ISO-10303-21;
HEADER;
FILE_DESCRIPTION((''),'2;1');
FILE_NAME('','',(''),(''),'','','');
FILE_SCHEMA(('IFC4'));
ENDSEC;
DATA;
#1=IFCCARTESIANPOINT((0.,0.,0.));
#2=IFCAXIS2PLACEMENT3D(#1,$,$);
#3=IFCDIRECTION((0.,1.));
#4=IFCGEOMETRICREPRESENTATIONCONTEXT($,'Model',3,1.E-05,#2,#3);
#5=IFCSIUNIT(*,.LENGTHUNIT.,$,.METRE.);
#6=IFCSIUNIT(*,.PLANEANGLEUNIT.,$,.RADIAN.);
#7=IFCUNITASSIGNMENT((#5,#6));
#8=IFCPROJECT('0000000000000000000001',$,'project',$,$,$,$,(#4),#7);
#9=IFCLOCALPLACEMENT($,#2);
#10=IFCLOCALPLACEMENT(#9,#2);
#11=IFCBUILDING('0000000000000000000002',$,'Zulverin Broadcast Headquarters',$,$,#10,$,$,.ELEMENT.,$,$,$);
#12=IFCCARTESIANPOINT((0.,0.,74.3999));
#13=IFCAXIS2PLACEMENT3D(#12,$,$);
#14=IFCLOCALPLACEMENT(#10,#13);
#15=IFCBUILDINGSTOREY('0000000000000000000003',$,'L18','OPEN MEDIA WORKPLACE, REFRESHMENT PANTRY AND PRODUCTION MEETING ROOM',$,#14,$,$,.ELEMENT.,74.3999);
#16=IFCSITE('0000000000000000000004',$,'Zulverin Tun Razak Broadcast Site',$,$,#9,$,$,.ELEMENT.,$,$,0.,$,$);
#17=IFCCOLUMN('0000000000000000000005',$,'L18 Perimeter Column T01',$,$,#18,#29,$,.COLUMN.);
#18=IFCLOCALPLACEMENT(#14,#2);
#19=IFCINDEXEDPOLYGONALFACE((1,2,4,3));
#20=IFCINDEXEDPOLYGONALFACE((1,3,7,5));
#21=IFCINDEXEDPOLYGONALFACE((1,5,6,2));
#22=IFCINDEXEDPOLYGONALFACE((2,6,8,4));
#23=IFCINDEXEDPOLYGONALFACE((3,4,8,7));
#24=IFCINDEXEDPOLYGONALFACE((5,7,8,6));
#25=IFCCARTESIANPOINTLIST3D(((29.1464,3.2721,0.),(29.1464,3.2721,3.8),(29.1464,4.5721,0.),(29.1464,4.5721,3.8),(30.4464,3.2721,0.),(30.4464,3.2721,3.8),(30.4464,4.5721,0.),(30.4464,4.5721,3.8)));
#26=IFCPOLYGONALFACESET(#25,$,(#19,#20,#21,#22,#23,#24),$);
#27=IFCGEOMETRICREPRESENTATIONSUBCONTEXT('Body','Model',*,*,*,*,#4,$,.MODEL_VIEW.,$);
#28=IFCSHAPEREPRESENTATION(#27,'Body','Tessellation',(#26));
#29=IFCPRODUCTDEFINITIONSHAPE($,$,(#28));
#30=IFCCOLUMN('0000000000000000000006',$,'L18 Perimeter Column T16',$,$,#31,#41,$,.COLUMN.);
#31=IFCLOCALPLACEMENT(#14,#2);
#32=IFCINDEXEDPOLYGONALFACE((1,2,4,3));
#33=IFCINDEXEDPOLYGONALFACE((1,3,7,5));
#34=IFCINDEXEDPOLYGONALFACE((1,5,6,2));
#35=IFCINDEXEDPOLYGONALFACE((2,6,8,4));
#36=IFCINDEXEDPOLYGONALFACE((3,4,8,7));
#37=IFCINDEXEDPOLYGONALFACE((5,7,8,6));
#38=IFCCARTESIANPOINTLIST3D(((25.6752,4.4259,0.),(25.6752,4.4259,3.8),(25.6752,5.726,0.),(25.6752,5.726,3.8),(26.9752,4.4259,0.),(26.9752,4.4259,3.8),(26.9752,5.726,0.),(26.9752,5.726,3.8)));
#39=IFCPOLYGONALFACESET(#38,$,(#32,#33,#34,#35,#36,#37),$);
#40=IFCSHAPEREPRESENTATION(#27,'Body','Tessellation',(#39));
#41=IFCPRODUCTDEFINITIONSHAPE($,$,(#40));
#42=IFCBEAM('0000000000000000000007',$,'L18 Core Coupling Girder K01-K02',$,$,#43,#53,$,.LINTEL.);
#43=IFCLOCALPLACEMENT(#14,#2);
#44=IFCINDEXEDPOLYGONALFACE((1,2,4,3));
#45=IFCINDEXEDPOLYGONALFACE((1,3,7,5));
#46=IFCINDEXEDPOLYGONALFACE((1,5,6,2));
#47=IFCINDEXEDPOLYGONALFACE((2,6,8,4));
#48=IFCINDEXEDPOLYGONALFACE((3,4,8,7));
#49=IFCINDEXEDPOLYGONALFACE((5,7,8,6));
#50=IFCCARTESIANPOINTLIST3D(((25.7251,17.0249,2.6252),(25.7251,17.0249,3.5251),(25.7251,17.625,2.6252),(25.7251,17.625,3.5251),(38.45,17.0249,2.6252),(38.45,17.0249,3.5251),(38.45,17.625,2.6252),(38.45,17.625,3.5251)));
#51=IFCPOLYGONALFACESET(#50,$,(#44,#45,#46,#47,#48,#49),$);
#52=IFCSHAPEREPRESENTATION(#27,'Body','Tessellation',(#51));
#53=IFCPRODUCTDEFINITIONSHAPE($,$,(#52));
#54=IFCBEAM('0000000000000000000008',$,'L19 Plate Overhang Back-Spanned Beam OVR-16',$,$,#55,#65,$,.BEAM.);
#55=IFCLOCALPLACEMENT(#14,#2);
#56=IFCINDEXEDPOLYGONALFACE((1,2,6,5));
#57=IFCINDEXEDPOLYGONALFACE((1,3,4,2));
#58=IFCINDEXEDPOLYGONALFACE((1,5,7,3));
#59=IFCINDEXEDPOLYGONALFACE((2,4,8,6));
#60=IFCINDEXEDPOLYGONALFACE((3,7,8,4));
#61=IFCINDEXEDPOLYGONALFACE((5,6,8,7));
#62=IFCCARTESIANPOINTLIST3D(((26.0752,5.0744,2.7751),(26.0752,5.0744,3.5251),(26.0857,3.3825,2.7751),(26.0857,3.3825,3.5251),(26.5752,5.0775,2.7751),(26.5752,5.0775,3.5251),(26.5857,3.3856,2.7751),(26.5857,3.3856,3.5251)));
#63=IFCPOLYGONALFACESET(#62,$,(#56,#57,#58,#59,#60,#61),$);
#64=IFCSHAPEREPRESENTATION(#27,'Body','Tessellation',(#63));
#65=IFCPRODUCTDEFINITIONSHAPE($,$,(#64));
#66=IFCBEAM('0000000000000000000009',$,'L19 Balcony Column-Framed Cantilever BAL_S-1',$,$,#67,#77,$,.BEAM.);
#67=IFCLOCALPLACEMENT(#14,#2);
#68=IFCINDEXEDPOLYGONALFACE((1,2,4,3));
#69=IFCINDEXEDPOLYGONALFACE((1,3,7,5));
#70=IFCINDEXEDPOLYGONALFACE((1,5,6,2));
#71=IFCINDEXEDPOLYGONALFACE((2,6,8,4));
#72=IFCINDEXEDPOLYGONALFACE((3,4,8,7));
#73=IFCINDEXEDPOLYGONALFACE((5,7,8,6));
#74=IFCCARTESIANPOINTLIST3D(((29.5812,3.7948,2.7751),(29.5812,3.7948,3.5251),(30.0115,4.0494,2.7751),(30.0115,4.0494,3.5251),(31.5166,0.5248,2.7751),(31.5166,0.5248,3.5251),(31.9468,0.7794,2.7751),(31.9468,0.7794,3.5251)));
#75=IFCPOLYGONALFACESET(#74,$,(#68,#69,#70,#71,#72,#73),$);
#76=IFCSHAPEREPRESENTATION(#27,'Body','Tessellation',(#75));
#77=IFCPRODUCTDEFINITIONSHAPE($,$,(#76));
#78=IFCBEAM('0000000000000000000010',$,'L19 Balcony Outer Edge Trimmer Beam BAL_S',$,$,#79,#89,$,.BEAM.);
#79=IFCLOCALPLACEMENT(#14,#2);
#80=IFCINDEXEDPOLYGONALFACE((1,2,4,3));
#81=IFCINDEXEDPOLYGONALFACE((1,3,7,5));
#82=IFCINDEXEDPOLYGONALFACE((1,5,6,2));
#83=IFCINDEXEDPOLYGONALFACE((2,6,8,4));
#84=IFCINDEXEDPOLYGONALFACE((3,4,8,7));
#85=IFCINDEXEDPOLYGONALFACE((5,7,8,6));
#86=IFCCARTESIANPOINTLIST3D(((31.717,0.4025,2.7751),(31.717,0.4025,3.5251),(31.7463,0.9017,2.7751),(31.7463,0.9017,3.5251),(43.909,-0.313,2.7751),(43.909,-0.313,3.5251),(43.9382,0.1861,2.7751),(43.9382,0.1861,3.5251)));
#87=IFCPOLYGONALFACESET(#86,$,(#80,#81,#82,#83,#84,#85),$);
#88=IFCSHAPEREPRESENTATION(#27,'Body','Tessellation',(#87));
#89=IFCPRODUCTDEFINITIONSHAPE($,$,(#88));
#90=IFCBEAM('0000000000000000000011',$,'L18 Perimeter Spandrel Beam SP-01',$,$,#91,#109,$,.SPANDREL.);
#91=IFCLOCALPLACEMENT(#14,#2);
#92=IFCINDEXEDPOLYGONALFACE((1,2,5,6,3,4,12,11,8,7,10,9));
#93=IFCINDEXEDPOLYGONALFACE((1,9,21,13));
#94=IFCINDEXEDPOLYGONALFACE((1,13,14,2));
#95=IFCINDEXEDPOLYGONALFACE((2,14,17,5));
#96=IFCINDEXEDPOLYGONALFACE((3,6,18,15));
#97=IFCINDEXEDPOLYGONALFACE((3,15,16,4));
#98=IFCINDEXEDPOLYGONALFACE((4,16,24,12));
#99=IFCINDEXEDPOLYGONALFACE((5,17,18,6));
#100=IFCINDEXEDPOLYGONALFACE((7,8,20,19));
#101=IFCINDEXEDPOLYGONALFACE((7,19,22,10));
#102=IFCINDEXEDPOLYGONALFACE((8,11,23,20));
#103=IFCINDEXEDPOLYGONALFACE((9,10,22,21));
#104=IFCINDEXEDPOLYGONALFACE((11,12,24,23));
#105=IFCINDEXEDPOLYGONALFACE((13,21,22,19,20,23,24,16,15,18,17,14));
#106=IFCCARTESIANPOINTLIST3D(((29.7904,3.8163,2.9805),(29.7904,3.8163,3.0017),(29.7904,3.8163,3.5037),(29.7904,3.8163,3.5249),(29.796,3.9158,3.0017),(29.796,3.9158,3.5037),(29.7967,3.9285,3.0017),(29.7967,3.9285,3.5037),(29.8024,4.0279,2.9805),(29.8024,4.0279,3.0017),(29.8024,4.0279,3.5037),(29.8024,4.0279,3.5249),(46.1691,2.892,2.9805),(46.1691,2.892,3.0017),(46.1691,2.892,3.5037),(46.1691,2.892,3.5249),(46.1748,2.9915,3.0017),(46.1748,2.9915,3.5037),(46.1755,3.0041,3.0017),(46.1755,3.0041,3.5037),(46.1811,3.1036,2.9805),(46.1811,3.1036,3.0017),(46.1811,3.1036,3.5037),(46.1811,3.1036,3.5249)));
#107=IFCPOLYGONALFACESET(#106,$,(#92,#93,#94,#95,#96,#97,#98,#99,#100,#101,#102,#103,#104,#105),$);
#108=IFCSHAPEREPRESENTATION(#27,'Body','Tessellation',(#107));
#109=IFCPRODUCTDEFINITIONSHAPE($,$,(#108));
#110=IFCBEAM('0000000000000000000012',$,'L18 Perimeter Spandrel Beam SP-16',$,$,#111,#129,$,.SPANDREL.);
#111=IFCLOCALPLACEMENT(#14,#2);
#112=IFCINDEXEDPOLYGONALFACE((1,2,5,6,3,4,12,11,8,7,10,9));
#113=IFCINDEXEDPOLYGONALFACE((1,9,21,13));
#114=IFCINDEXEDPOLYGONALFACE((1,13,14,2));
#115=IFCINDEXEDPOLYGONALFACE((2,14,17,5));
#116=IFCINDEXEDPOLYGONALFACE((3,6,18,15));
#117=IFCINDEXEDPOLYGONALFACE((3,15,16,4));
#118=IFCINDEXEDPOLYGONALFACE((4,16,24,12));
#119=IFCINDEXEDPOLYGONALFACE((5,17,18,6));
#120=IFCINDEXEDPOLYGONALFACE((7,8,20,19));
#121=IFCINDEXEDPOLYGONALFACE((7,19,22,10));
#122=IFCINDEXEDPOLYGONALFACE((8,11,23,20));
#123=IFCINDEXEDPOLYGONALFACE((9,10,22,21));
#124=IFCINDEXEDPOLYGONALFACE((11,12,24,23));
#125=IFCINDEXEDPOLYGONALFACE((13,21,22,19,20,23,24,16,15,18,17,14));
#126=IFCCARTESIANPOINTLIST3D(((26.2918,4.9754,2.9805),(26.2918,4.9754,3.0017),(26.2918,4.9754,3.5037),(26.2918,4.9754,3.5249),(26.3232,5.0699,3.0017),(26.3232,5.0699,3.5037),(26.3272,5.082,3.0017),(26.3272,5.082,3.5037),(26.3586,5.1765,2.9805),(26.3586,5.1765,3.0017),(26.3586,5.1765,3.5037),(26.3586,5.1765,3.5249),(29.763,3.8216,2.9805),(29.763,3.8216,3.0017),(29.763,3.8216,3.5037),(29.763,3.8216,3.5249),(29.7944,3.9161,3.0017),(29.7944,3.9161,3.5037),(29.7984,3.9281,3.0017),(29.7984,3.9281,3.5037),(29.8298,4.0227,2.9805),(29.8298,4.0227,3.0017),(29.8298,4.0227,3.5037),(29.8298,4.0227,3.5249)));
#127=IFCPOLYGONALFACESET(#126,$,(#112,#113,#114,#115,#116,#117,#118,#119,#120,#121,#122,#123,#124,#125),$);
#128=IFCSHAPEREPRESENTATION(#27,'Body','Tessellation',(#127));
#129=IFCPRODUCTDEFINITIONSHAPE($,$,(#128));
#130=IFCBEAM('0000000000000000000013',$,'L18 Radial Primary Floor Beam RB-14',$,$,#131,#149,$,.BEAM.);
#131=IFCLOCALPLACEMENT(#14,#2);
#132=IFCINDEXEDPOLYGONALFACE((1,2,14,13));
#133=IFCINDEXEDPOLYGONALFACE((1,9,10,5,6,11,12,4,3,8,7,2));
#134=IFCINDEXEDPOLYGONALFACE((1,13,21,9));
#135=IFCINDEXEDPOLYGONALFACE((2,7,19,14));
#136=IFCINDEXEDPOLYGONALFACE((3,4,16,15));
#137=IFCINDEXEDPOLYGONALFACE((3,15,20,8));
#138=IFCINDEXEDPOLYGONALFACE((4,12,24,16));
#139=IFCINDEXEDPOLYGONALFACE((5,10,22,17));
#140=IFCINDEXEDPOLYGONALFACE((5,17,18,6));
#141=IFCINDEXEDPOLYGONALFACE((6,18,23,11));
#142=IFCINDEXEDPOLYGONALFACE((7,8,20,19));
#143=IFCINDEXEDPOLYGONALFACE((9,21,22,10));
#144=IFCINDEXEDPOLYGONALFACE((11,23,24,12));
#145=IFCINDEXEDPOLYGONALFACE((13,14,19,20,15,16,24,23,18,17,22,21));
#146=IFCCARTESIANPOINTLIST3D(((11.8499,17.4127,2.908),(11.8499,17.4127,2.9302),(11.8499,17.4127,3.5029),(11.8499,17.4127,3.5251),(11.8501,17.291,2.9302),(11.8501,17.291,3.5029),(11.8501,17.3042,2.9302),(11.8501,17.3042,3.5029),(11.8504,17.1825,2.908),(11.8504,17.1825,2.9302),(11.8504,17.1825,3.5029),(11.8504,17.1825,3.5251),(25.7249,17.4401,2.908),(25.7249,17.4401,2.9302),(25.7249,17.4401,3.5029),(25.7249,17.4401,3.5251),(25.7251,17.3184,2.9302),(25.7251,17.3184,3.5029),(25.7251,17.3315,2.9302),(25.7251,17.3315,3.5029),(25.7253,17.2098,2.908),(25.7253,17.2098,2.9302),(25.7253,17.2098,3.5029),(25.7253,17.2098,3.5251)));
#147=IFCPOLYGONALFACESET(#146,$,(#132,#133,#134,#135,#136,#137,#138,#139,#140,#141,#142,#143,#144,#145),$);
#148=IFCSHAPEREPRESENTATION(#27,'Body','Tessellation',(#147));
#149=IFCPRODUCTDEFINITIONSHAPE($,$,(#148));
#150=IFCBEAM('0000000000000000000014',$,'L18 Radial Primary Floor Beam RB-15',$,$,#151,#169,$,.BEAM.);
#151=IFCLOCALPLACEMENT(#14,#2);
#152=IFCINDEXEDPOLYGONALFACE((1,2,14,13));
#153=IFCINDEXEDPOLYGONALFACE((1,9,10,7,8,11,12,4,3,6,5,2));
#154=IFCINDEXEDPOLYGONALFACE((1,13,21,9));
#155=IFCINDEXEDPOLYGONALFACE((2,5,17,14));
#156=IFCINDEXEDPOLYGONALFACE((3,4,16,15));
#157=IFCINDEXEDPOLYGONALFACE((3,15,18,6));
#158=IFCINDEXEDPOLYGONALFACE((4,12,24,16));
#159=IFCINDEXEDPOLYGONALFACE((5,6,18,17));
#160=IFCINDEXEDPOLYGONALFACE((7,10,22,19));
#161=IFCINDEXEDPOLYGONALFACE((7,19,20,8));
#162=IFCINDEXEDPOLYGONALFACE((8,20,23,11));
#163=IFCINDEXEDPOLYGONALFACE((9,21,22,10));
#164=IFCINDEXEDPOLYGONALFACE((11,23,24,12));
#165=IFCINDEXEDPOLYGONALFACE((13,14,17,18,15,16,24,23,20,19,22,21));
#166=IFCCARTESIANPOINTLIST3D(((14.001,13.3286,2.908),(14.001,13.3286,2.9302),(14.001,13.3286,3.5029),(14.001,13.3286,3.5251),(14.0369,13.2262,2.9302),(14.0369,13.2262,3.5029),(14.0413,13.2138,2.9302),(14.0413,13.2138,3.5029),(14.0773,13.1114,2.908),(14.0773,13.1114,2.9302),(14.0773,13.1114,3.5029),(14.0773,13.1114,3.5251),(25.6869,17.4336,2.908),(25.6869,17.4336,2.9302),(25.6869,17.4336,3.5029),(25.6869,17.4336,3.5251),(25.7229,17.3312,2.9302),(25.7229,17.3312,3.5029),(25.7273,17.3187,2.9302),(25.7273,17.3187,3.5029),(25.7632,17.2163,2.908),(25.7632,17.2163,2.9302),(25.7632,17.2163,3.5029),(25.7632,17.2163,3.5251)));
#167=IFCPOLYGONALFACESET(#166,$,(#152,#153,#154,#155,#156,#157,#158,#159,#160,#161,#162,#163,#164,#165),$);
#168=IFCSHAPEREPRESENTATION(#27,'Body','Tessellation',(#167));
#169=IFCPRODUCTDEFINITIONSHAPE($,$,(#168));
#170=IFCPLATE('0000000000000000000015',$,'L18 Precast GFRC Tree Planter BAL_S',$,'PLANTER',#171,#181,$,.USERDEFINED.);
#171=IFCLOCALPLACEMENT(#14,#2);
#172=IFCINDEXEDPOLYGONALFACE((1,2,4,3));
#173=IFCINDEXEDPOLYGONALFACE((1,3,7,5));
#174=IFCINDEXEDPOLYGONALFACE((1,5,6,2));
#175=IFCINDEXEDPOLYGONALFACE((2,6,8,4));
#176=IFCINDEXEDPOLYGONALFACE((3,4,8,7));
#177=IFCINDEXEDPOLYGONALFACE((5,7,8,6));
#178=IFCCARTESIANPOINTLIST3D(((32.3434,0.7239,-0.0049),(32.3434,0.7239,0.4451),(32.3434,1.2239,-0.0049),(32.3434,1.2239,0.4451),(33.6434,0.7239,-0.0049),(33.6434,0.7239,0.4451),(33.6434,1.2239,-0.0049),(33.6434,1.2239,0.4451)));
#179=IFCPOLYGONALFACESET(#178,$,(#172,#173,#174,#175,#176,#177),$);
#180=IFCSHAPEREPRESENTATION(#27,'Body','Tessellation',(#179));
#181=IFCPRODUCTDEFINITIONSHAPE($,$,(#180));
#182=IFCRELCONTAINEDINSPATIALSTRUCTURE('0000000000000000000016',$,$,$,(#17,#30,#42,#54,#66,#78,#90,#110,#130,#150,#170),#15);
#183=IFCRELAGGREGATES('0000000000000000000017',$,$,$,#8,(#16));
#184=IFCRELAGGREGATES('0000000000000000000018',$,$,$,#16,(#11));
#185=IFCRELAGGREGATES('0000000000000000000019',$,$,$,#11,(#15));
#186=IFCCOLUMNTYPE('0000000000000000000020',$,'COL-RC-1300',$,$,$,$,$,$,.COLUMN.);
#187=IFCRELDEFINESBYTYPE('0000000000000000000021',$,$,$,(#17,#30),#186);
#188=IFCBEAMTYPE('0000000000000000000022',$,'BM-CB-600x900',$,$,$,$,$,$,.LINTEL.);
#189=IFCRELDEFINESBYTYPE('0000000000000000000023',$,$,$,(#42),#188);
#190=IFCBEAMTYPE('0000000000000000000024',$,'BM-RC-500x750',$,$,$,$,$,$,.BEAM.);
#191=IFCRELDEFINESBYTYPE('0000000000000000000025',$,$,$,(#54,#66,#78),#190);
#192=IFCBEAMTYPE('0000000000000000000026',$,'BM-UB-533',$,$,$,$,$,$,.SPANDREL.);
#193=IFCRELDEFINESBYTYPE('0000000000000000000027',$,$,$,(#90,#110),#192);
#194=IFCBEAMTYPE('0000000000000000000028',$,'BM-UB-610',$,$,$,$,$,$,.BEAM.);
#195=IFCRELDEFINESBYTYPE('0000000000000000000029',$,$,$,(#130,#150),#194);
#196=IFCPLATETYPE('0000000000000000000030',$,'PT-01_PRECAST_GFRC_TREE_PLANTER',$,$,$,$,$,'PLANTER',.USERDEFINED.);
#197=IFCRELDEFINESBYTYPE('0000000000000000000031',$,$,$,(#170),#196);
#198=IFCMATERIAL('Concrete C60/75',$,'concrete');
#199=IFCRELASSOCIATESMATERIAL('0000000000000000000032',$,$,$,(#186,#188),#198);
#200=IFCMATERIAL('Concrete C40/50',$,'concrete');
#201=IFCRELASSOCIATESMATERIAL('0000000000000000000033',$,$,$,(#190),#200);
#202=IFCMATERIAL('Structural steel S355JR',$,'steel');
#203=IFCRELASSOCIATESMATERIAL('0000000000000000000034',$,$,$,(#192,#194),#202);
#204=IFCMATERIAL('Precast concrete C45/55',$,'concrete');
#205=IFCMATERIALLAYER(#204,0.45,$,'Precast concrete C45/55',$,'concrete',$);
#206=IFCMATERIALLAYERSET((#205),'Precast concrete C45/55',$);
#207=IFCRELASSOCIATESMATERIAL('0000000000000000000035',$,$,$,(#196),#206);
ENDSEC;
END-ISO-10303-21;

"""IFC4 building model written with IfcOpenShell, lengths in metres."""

from ifc_helpers import new_model, si_unit, direction, frame, origin, origin_2d, place, context, subcontext, project, spatial, rectangle, i_section, extrude, material, layer, layer_set, material_profile, profile_set, type_object, element, save


model = new_model("IFC4")

# Units and contexts
model_context = context("Model", 3, precision=1e-05, world=origin(), true_north=direction((0.0, 1.0)))
body_context = subcontext(model_context, "Body", "Model", "MODEL_VIEW")
ifc_project = project(units=[si_unit("LENGTHUNIT", "METRE"), si_unit("PLANEANGLEUNIT", "RADIAN")], contexts=[model_context])

# Site, building, storey
site_placement = place(None, origin())
site = spatial("IfcSite", under=ifc_project, at=site_placement, Name="Zulverin Tun Razak Broadcast Site", CompositionType="ELEMENT", RefElevation=0.0)
building_placement = place(site_placement, origin())
building = spatial("IfcBuilding", under=site, at=building_placement, Name="Zulverin Broadcast Headquarters", CompositionType="ELEMENT")
storey_placement = place(building_placement, frame((0.0, 0.0, 74.3999)))
storey = spatial("IfcBuildingStorey", under=building, at=storey_placement, Name="L18", Description="OPEN MEDIA WORKPLACE, REFRESHMENT PANTRY AND PRODUCTION MEETING ROOM", CompositionType="ELEMENT", Elevation=74.3999)

# Columns
ifc_material_1 = material(Name="Concrete C60/75", Category="concrete")
ifc_material_profile_1 = material_profile(ifc_material_1, rectangle(XDim=1.3, YDim=1.3, at=origin_2d()), Name="Concrete C60/75", Category="concrete")
ifc_profile_set_1 = profile_set([ifc_material_profile_1], Name="Concrete C60/75")
column_type = type_object("IfcColumnType", Name="COL-RC-1300", PredefinedType="COLUMN", material=ifc_profile_set_1)
for number, where, z_axis, x_axis, name in (
    (1, (29.7964, 3.9221, 0.0), (0.0, 0.0, 1.0), (1.0, 0.0, 0.0), "L18 Perimeter Column T01"),
    (2, (26.3252, 5.0759, 0.0), (0.0, 0.0, 1.0), (1.0, 0.0, 0.0), "L18 Perimeter Column T16"),
):
    element("IfcColumn", number, at=place(storey_placement, frame(where, z_axis=z_axis, x_axis=x_axis)), inside=storey, type_object=column_type, Name=name, PredefinedType="COLUMN", context=body_context, shape_type="SweptSolid", body=[
        extrude(rectangle(XDim=1.3, YDim=1.3, at=origin_2d()), origin(), (0.0, 0.0, 1.0), 3.8),
    ])

# Beams
ifc_material_profile_2 = material_profile(ifc_material_1, rectangle(XDim=0.6001, YDim=0.8999, at=origin_2d()), Name="Concrete C60/75", Category="concrete")
ifc_profile_set_2 = profile_set([ifc_material_profile_2], Name="Concrete C60/75")
beam_type_1 = type_object("IfcBeamType", Name="BM-CB-600x900", PredefinedType="LINTEL", material=ifc_profile_set_2)
beam_1_placement = place(storey_placement, frame((25.7251, 17.325, 3.0752), z_axis=(1.0, 0.0, 0.0), x_axis=(0.0, 1.0, 0.0)))
element("IfcBeam", 3, at=beam_1_placement, inside=storey, type_object=beam_type_1, Name="L18 Core Coupling Girder K01-K02", PredefinedType="LINTEL", context=body_context, shape_type="SweptSolid", body=[
    extrude(rectangle(XDim=0.6001, YDim=0.8999, at=origin_2d()), origin(), (0.0, 0.0, 1.0), 12.7249),
])
ifc_material_2 = material(Name="Concrete C40/50", Category="concrete")
ifc_material_profile_3 = material_profile(ifc_material_2, rectangle(XDim=0.5, YDim=0.75, at=origin_2d()), Name="Concrete C40/50", Category="concrete")
ifc_profile_set_3 = profile_set([ifc_material_profile_3], Name="Concrete C40/50")
beam_type_2 = type_object("IfcBeamType", Name="BM-RC-500x750", PredefinedType="BEAM", material=ifc_profile_set_3)
beam_2_placement = place(storey_placement, frame((26.3252, 5.0759, 3.1501), z_axis=(0.006205, -0.999981, 0.0), x_axis=(0.999981, 0.006205, 0.0)))
element("IfcBeam", 4, at=beam_2_placement, inside=storey, type_object=beam_type_2, Name="L19 Plate Overhang Back-Spanned Beam OVR-16", PredefinedType="BEAM", context=body_context, shape_type="SweptSolid", body=[
    extrude(rectangle(XDim=0.5, YDim=0.75, at=origin_2d()), origin(), (0.0, 0.0, 1.0), 1.6919),
])
beam_3_placement = place(storey_placement, frame((29.7964, 3.9221, 3.1501), z_axis=(0.509318, -0.860578, 0.0), x_axis=(0.860578, 0.509318, 0.0)))
element("IfcBeam", 5, at=beam_3_placement, inside=storey, type_object=beam_type_2, Name="L19 Balcony Column-Framed Cantilever BAL_S-1", PredefinedType="BEAM", context=body_context, shape_type="SweptSolid", body=[
    extrude(rectangle(XDim=0.5, YDim=0.75, at=origin_2d()), origin(), (0.0, 0.0, 1.0), 3.7998),
])
beam_4_placement = place(storey_placement, frame((31.7317, 0.6521, 3.1501), z_axis=(0.998282, -0.058592, 0.0), x_axis=(0.058592, 0.998282, 0.0)))
element("IfcBeam", 6, at=beam_4_placement, inside=storey, type_object=beam_type_2, Name="L19 Balcony Outer Edge Trimmer Beam BAL_S", PredefinedType="BEAM", context=body_context, shape_type="SweptSolid", body=[
    extrude(rectangle(XDim=0.5, YDim=0.75, at=origin_2d()), origin(), (0.0, 0.0, 1.0), 12.2129),
])
ifc_material_3 = material(Name="Structural steel S355JR", Category="steel")
ifc_material_profile_4 = material_profile(ifc_material_3, i_section(OverallWidth=0.2119, OverallDepth=0.5444, WebThickness=0.0127, FlangeThickness=0.0212, at=origin_2d()), Name="Structural steel S355JR", Category="steel")
ifc_profile_set_4 = profile_set([ifc_material_profile_4], Name="Structural steel S355JR")
beam_type_3 = type_object("IfcBeamType", Name="BM-UB-533", PredefinedType="SPANDREL", material=ifc_profile_set_4)
beam_5_placement = place(storey_placement, frame((29.7964, 3.9221, 3.2527), z_axis=(0.998411, -0.056345, 0.0), x_axis=(0.056345, 0.998411, 0.0)))
element("IfcBeam", 7, at=beam_5_placement, inside=storey, type_object=beam_type_3, Name="L18 Perimeter Spandrel Beam SP-01", PredefinedType="SPANDREL", context=body_context, shape_type="SweptSolid", body=[
    extrude(i_section(OverallWidth=0.2119, OverallDepth=0.5444, WebThickness=0.0127, FlangeThickness=0.0212, at=origin_2d()), origin(), (0.0, 0.0, 1.0), 16.4048),
])
beam_6_placement = place(storey_placement, frame((26.3252, 5.0759, 3.2527), z_axis=(0.94895, -0.315427, 0.0), x_axis=(0.315427, 0.94895, 0.0)))
element("IfcBeam", 8, at=beam_6_placement, inside=storey, type_object=beam_type_3, Name="L18 Perimeter Spandrel Beam SP-16", PredefinedType="SPANDREL", context=body_context, shape_type="SweptSolid", body=[
    extrude(i_section(OverallWidth=0.2119, OverallDepth=0.5444, WebThickness=0.0127, FlangeThickness=0.0212, at=origin_2d()), origin(), (0.0, 0.0, 1.0), 3.658),
])
ifc_material_profile_5 = material_profile(ifc_material_3, i_section(OverallWidth=0.2302, OverallDepth=0.6172, WebThickness=0.0132, FlangeThickness=0.0222, at=origin_2d()), Name="Structural steel S355JR", Category="steel")
ifc_profile_set_5 = profile_set([ifc_material_profile_5], Name="Structural steel S355JR")
beam_type_4 = type_object("IfcBeamType", Name="BM-UB-610", PredefinedType="BEAM", material=ifc_profile_set_5)
beam_7_placement = place(storey_placement, frame((25.7251, 17.325, 3.2166), z_axis=(-0.999998, -0.001971, 0.0), x_axis=(0.001971, -0.999998, 0.0)))
element("IfcBeam", 9, at=beam_7_placement, inside=storey, type_object=beam_type_4, Name="L18 Radial Primary Floor Beam RB-14", PredefinedType="BEAM", context=body_context, shape_type="SweptSolid", body=[
    extrude(i_section(OverallWidth=0.2302, OverallDepth=0.6172, WebThickness=0.0132, FlangeThickness=0.0222, at=origin_2d()), origin(), (0.0, 0.0, 1.0), 13.875),
])
beam_8_placement = place(storey_placement, frame((25.7251, 17.325, 3.2166), z_axis=(-0.943483, -0.33142, 0.0), x_axis=(0.33142, -0.943483, 0.0)))
element("IfcBeam", 10, at=beam_8_placement, inside=storey, type_object=beam_type_4, Name="L18 Radial Primary Floor Beam RB-15", PredefinedType="BEAM", context=body_context, shape_type="SweptSolid", body=[
    extrude(i_section(OverallWidth=0.2302, OverallDepth=0.6172, WebThickness=0.0132, FlangeThickness=0.0222, at=origin_2d()), origin(), (0.0, 0.0, 1.0), 12.386),
])

# Plate
ifc_material_4 = material(Name="Precast concrete C45/55", Category="concrete")
ifc_layer_1 = layer(ifc_material_4, 0.45, Name="Precast concrete C45/55", Category="concrete")
ifc_layer_set_1 = layer_set([ifc_layer_1], Name="Precast concrete C45/55")
plate_type = type_object("IfcPlateType", Name="PT-01_PRECAST_GFRC_TREE_PLANTER", ElementType="PLANTER", PredefinedType="USERDEFINED", material=ifc_layer_set_1)
plate_placement = place(storey_placement, frame((32.9934, 0.9739, -0.0049), z_axis=(0.0, 0.0, 1.0), x_axis=(1.0, 0.0, 0.0)))
element("IfcPlate", 11, at=plate_placement, inside=storey, type_object=plate_type, Name="L18 Precast GFRC Tree Planter BAL_S", ObjectType="PLANTER", PredefinedType="USERDEFINED", context=body_context, shape_type="SweptSolid", body=[
    extrude(rectangle(XDim=1.3, YDim=0.5, at=origin_2d()), origin(), (0.0, 0.0, 1.0), 0.45),
])

save(model, "model.ifc")
